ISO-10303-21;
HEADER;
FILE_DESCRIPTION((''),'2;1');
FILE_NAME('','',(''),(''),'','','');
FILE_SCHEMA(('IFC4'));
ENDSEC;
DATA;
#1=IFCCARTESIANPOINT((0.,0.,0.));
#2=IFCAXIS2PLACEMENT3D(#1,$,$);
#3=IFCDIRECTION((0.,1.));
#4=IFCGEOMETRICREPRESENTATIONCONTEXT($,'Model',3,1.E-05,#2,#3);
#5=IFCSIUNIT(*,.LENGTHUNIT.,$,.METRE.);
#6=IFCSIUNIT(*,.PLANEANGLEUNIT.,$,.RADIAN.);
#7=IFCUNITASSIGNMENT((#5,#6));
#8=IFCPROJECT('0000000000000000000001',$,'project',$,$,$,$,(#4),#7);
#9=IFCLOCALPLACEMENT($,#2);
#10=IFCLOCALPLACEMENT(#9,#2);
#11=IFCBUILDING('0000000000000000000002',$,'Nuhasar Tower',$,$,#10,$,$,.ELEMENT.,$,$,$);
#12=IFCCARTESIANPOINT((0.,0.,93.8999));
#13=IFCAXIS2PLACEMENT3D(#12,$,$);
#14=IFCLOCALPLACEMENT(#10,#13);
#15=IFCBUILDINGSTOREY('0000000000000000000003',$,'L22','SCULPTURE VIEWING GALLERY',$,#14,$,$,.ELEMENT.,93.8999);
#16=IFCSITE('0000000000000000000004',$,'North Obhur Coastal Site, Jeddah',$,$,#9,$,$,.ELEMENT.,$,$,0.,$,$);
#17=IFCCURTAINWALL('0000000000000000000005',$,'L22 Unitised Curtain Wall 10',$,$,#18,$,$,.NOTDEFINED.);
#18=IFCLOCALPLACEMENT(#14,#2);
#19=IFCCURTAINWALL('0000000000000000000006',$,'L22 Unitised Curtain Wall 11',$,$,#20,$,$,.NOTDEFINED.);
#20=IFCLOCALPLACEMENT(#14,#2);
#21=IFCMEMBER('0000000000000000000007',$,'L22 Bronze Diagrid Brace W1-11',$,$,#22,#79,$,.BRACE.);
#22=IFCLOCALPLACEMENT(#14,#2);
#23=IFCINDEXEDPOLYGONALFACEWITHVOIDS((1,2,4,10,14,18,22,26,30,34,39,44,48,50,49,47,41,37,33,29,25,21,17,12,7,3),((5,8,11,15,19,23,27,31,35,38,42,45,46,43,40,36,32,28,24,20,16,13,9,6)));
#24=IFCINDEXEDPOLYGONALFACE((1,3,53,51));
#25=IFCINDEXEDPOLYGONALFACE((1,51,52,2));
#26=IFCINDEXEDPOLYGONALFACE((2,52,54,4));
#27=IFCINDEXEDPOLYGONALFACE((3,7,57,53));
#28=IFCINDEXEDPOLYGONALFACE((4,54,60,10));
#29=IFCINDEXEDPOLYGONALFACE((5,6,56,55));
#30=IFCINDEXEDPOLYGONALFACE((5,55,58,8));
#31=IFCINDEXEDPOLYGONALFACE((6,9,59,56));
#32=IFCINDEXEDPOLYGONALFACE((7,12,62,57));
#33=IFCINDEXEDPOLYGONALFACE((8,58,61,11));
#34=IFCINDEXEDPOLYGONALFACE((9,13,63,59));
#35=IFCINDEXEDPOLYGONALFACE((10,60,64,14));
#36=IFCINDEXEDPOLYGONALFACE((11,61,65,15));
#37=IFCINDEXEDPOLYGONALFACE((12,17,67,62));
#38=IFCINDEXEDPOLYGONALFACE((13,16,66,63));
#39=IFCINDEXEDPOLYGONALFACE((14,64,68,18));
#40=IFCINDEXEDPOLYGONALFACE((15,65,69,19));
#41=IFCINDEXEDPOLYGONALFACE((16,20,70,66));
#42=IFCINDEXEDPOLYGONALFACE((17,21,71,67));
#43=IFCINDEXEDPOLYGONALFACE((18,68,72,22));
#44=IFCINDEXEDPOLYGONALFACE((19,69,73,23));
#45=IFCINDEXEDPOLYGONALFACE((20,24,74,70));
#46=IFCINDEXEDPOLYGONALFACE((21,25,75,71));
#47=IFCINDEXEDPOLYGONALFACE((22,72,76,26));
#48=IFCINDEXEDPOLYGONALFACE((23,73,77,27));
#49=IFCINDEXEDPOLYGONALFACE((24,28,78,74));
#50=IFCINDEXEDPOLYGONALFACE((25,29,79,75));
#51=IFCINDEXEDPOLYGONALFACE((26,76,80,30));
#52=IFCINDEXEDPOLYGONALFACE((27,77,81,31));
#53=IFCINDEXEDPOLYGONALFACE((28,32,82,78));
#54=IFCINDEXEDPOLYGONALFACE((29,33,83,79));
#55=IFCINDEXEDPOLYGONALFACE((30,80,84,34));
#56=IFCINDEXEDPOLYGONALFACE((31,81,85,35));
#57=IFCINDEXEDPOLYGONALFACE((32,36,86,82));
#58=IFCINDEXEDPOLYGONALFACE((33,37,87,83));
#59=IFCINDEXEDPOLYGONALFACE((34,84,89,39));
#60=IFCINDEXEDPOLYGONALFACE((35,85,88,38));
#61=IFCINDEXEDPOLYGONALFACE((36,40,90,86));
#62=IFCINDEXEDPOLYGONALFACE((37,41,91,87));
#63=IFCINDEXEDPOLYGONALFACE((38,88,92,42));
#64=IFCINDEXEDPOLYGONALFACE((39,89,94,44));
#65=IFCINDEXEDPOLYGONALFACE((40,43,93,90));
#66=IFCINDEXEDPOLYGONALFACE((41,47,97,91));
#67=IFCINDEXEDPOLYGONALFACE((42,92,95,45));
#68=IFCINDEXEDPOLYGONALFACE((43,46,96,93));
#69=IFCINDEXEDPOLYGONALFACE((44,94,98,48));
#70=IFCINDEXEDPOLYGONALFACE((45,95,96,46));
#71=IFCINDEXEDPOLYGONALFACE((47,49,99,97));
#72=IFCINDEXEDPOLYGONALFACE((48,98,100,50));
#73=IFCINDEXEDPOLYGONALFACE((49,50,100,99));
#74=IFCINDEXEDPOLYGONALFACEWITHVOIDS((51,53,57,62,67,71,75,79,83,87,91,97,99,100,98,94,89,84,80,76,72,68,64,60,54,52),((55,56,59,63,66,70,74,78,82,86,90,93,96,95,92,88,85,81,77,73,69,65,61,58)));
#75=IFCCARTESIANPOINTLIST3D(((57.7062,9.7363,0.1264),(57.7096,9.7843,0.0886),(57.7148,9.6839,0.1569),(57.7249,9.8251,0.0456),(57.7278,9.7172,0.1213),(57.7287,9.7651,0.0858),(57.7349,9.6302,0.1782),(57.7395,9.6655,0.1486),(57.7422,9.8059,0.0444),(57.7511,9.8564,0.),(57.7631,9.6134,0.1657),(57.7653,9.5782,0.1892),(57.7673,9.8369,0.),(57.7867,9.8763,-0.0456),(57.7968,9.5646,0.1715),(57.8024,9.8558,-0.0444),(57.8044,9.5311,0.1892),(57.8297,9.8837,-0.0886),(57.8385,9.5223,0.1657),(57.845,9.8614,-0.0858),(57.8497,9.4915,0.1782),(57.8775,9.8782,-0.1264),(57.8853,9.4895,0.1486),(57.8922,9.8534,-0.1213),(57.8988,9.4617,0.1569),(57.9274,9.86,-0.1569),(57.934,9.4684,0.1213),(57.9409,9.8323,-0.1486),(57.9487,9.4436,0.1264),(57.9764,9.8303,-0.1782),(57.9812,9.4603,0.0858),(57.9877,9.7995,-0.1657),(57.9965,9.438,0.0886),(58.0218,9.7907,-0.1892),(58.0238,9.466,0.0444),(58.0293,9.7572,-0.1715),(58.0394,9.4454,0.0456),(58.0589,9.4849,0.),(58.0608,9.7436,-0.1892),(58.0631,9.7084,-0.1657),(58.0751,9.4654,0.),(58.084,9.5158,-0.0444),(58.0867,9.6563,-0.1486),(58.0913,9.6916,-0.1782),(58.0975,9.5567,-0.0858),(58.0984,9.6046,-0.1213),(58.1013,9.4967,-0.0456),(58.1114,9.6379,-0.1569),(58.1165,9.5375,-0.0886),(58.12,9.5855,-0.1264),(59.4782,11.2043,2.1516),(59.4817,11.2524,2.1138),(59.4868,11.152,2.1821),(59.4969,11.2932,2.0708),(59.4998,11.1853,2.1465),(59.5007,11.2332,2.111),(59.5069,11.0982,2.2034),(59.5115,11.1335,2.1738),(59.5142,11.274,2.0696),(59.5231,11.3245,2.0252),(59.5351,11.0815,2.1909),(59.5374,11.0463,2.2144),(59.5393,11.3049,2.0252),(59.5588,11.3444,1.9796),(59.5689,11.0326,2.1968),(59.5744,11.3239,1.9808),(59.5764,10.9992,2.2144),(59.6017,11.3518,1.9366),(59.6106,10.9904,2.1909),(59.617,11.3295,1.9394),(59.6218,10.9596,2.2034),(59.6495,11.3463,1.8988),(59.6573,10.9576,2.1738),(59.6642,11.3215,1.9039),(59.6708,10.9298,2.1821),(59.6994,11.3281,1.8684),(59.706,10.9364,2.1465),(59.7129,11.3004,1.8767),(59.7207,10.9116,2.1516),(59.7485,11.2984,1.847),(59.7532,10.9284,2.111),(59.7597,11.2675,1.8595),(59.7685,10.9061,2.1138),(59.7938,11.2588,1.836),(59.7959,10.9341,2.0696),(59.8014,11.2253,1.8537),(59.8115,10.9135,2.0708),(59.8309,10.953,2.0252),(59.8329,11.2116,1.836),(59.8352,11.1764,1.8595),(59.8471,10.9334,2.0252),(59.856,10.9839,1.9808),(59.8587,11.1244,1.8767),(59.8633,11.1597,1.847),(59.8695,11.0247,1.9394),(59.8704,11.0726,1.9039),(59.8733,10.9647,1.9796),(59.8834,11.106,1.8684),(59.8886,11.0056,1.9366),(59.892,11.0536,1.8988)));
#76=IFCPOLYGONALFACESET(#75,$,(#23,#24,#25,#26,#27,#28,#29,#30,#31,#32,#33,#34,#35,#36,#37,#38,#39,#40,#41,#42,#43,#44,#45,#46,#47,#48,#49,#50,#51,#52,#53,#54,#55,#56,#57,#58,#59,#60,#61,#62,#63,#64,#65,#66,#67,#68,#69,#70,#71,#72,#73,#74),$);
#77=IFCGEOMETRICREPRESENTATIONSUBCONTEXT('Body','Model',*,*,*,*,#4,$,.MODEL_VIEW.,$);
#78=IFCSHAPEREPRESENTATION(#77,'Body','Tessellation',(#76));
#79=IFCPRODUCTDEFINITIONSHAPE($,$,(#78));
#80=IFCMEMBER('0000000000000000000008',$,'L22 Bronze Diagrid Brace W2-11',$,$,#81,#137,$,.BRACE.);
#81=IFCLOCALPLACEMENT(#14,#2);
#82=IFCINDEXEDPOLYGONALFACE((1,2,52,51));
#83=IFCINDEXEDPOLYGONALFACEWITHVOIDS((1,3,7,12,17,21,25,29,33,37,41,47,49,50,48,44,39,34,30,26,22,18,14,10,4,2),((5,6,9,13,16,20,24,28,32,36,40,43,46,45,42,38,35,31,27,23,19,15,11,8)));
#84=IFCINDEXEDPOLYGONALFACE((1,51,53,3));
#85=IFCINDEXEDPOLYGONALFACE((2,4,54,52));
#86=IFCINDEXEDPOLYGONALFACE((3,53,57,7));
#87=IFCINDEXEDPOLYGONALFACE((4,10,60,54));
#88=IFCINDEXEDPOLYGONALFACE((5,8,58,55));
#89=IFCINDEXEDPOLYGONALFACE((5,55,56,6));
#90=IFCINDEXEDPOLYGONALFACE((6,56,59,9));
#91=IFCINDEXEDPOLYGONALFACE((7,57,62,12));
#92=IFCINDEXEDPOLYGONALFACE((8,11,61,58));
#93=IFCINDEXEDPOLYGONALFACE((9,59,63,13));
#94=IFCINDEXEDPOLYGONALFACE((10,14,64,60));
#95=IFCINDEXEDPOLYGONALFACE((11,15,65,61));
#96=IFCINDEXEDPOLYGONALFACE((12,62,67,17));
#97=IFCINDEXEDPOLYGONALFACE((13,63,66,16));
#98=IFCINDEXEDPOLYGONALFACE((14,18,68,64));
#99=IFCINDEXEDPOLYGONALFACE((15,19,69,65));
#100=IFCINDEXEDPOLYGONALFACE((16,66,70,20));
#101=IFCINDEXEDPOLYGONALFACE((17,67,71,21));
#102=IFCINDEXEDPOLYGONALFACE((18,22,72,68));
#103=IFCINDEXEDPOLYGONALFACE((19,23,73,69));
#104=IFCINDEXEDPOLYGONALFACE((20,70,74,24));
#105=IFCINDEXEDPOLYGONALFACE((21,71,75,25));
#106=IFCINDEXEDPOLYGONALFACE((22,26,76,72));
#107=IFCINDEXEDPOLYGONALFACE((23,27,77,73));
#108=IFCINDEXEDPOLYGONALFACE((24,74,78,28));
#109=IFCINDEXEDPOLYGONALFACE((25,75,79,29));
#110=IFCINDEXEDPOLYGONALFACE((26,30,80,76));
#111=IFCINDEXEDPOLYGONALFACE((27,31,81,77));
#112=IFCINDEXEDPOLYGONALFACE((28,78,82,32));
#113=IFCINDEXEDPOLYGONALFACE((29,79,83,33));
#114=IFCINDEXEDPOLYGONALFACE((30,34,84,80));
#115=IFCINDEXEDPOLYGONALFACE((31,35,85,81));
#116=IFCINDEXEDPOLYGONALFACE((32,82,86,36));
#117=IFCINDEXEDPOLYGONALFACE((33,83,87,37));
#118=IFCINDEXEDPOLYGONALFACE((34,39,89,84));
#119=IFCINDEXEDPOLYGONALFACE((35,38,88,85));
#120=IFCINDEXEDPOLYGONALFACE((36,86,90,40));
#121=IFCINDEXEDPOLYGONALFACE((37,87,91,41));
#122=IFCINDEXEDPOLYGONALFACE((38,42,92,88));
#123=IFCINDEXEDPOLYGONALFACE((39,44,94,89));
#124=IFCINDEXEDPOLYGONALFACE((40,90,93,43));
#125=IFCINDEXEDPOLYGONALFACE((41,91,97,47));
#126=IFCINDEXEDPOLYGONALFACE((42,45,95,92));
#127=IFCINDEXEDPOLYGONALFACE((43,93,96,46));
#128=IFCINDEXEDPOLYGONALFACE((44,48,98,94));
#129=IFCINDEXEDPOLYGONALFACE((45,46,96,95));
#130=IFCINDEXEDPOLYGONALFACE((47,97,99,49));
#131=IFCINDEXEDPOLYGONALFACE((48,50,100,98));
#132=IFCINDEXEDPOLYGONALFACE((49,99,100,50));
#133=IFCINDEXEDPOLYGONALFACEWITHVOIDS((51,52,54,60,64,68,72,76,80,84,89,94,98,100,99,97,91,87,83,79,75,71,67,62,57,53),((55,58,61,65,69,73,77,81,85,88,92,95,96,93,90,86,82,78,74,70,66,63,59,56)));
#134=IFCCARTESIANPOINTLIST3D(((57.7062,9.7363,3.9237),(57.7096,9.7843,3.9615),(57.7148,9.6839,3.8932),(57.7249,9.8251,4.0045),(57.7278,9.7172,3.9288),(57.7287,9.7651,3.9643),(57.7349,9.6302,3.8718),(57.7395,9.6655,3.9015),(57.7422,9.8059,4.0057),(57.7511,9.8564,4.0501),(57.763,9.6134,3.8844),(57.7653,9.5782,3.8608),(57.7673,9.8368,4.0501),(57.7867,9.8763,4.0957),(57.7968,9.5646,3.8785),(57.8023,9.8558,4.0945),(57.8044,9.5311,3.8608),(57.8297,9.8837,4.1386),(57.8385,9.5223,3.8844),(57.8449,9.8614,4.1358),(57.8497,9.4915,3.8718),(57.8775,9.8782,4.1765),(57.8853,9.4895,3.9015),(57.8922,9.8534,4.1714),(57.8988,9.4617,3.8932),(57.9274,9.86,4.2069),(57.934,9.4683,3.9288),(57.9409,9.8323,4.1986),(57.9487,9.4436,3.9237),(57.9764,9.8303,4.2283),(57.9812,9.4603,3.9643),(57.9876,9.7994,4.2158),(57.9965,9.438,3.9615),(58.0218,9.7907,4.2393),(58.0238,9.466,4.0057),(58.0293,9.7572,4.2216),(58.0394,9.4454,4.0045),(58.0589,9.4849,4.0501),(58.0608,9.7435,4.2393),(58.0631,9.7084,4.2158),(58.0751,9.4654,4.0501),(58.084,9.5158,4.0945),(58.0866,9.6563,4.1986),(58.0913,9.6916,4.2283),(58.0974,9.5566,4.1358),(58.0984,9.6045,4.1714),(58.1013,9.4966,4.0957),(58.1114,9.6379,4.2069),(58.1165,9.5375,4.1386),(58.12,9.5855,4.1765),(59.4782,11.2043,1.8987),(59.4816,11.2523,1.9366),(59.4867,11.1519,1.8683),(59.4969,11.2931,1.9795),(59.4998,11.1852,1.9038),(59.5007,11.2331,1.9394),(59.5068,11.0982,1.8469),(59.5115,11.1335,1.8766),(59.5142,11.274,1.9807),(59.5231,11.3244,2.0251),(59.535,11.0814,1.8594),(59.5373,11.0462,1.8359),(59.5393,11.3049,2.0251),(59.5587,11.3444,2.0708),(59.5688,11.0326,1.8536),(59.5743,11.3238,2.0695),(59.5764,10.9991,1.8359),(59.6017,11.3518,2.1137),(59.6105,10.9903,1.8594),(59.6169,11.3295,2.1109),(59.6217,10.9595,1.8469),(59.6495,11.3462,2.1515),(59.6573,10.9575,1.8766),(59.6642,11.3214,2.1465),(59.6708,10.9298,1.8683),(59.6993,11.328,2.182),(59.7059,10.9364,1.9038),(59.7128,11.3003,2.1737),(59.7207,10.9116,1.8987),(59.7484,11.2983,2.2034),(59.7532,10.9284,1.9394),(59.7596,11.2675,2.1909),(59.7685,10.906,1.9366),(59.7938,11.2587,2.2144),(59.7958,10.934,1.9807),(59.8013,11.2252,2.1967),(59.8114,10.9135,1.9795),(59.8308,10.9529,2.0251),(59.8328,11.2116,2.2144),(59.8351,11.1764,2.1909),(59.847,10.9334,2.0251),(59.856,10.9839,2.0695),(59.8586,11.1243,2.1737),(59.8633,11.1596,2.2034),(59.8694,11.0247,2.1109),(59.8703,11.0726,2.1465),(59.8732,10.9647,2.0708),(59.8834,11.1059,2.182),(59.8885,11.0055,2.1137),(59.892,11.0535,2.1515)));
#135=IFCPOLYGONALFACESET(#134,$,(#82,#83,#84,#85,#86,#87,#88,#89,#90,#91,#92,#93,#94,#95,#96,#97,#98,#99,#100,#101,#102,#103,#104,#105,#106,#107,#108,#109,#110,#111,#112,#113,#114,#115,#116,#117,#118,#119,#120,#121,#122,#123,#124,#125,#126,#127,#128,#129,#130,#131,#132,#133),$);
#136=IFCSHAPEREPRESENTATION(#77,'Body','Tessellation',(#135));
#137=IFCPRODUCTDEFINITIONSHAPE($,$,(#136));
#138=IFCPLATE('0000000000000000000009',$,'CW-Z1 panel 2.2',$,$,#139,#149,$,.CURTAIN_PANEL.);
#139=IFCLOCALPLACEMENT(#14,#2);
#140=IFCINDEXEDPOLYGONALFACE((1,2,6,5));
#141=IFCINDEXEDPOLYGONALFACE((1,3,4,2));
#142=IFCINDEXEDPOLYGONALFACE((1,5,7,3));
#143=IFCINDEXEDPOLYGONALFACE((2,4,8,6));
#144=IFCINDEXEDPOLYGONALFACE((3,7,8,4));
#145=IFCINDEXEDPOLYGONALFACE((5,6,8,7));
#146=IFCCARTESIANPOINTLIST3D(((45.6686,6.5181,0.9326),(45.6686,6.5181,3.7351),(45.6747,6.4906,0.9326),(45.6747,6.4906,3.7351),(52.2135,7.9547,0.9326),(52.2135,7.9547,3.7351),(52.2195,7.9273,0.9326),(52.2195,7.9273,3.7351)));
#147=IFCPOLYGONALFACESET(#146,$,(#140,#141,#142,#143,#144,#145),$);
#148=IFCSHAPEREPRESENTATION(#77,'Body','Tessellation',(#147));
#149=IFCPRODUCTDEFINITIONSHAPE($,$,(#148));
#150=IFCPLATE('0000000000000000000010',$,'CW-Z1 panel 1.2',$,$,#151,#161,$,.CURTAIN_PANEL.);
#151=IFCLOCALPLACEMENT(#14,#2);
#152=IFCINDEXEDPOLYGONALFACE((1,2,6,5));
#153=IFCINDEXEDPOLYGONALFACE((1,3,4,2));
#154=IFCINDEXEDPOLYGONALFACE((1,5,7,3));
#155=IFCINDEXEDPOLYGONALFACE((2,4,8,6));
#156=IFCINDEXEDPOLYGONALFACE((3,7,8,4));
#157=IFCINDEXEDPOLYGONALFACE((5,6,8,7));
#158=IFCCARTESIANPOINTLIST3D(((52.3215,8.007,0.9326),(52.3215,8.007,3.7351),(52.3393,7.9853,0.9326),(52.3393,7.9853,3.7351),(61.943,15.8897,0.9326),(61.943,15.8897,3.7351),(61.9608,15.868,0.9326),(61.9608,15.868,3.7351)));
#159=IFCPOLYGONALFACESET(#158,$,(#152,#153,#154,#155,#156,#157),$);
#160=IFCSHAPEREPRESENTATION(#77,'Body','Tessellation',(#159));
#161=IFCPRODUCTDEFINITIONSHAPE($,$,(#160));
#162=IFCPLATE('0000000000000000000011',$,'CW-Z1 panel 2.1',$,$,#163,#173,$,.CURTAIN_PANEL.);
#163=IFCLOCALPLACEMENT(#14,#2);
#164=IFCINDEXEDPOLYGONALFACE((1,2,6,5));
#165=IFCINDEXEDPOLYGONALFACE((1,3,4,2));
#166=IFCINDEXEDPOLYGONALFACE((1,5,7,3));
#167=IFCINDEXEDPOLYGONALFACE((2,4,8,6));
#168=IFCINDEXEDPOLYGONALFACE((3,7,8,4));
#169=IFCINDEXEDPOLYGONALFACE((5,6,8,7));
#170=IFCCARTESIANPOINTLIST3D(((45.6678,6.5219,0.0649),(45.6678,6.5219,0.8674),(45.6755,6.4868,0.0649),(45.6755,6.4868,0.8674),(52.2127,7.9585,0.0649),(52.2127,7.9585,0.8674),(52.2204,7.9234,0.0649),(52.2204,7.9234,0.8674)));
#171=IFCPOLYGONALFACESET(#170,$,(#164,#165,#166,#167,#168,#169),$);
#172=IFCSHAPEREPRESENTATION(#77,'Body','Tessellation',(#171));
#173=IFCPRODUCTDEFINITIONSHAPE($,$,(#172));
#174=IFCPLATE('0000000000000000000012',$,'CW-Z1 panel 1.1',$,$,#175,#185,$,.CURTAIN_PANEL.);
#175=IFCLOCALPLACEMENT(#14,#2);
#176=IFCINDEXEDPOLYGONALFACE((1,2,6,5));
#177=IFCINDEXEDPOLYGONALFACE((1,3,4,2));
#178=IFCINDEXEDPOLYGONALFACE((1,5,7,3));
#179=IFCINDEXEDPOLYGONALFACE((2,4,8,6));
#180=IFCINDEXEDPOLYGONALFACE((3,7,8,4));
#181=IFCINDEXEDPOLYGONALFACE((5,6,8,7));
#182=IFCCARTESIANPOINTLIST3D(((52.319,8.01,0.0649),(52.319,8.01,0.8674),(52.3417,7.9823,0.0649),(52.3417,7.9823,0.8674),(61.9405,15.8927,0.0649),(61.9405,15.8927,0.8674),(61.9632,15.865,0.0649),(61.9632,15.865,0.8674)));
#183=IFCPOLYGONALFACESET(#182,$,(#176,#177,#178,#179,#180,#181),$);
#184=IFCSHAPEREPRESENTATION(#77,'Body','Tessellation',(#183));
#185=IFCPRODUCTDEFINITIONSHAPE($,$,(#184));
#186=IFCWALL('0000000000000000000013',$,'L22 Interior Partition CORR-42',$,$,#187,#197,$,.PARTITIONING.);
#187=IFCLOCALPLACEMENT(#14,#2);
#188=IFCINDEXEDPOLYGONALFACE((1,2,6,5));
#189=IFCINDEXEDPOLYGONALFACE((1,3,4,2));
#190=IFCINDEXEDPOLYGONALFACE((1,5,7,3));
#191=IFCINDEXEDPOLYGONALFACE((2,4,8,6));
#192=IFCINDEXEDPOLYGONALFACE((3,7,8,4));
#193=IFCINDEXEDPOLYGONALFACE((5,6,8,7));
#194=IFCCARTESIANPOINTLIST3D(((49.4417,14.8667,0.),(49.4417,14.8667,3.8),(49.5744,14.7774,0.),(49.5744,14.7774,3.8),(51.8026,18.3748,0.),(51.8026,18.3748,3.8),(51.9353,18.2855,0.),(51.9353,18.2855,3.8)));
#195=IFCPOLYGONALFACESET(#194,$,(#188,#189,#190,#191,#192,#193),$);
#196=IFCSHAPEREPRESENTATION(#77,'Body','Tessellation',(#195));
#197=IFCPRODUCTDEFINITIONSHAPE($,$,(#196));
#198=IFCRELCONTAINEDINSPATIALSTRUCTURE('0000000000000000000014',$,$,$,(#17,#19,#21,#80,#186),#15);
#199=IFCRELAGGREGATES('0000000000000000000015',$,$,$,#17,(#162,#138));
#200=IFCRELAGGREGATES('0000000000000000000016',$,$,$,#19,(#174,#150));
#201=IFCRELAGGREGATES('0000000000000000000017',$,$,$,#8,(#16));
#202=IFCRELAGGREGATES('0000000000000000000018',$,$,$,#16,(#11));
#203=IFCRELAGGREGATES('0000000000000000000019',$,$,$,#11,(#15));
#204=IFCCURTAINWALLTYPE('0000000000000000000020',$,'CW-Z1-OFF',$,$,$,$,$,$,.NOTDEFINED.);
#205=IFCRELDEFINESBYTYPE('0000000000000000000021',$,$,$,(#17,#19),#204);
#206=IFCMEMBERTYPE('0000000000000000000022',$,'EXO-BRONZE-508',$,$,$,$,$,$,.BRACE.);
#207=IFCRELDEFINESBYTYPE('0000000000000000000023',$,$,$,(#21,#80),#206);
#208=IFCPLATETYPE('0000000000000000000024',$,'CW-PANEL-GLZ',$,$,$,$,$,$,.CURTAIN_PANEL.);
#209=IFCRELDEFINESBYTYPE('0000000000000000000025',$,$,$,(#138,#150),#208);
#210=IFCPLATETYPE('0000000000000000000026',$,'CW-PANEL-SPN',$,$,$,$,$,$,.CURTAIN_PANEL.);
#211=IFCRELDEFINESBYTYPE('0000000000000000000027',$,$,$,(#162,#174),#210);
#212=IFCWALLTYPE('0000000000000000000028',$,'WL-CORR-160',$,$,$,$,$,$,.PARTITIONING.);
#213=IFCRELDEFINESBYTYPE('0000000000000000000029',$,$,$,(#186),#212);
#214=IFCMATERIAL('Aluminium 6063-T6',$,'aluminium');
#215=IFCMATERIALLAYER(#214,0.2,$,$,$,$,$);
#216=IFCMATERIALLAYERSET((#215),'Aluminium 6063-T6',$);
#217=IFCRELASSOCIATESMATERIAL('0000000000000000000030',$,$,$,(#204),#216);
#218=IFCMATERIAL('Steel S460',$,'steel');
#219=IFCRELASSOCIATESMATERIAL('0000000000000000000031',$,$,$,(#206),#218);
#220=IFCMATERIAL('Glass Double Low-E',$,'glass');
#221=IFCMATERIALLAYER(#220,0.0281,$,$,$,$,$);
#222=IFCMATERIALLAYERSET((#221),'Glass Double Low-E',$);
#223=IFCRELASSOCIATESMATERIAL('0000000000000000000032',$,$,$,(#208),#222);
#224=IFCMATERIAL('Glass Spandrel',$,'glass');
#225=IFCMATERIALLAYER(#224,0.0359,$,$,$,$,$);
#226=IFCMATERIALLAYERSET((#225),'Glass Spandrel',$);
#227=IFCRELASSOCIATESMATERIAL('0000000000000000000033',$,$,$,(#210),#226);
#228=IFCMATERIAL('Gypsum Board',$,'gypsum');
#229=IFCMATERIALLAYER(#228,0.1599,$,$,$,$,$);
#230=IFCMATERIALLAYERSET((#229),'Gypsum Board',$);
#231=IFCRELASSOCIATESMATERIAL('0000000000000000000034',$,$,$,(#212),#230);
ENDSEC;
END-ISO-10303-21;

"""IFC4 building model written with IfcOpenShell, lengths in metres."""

from ifc_helpers import new_model, si_unit, direction, frame, frame_2d, origin, origin_2d, place, context, subcontext, project, spatial, rectangle, hollow_circle, extrude, material, layer, layer_set, material_profile, profile_set, type_object, element, aggregate, save


model = new_model("IFC4")

# Units and contexts
model_context = context("Model", 3, precision=1e-05, world=origin(), true_north=direction((0.0, 1.0)))
body_context = subcontext(model_context, "Body", "Model", "MODEL_VIEW")
ifc_project = project(units=[si_unit("LENGTHUNIT", "METRE"), si_unit("PLANEANGLEUNIT", "RADIAN")], contexts=[model_context])

# Site, building, storey
site_placement = place(None, origin())
site = spatial("IfcSite", under=ifc_project, at=site_placement, Name="North Obhur Coastal Site, Jeddah", CompositionType="ELEMENT", RefElevation=0.0)
building_placement = place(site_placement, origin())
building = spatial("IfcBuilding", under=site, at=building_placement, Name="Nuhasar Tower", CompositionType="ELEMENT")
storey_placement = place(building_placement, frame((0.0, 0.0, 93.8999)))
storey = spatial("IfcBuildingStorey", under=building, at=storey_placement, Name="L22", Description="SCULPTURE VIEWING GALLERY", CompositionType="ELEMENT", Elevation=93.8999)

# Curtain wall
ifc_material_1 = material(Name="Aluminium 6063-T6", Category="aluminium")
ifc_layer_1 = layer(ifc_material_1, 0.2)
ifc_layer_set_1 = layer_set([ifc_layer_1], Name="Aluminium 6063-T6")
curtain_wall_type = type_object("IfcCurtainWallType", Name="CW-Z1-OFF", PredefinedType="NOTDEFINED", material=ifc_layer_set_1)
curtain_wall_1_placement = place(storey_placement, origin())
curtain_wall_1 = element("IfcCurtainWall", 1, at=curtain_wall_1_placement, inside=storey, type_object=curtain_wall_type, Name="L22 Unitised Curtain Wall 10", PredefinedType="NOTDEFINED")

# Curtain wall
curtain_wall_2_placement = place(storey_placement, origin())
curtain_wall_2 = element("IfcCurtainWall", 2, at=curtain_wall_2_placement, inside=storey, type_object=curtain_wall_type, Name="L22 Unitised Curtain Wall 11", PredefinedType="NOTDEFINED")

# Members
ifc_material_2 = material(Name="Steel S460", Category="steel")
ifc_material_profile_1 = material_profile(ifc_material_2, hollow_circle(Radius=0.2539, WallThickness=0.0254, at=origin_2d()), Name="HSS508X25.4")
ifc_profile_set_1 = profile_set([ifc_material_profile_1], Name="Steel S460")
member_type_1 = type_object("IfcMemberType", Name="EXO-BRONZE-508", PredefinedType="BRACE", material=ifc_profile_set_1)
member_1_placement = place(storey_placement, frame((57.9131, 9.6609, 0.0), z_axis=(0.578071, 0.478912, 0.660664), x_axis=(-0.637969, 0.770062, 0.0)))
element("IfcMember", 3, at=member_1_placement, inside=storey, type_object=member_type_1, Name="L22 Bronze Diagrid Brace W1-11", PredefinedType="BRACE", context=body_context, shape_type="SweptSolid", body=[
    extrude(hollow_circle(Radius=0.2539, WallThickness=0.0254, at=origin_2d()), origin(), (0.0, 0.0, 1.0), 3.0654),
])
member_2_placement = place(storey_placement, frame((59.6851, 11.1289, 2.0251), z_axis=(-0.578102, -0.478937, 0.660619), x_axis=(0.637969, -0.770062, 0.0)))
element("IfcMember", 4, at=member_2_placement, inside=storey, type_object=member_type_1, Name="L22 Bronze Diagrid Brace W2-11", PredefinedType="BRACE", context=body_context, shape_type="SweptSolid", body=[
    extrude(hollow_circle(Radius=0.2539, WallThickness=0.0254, at=origin_2d()), origin(), (0.0, 0.0, 1.0), 3.0652),
])

# Plates
ifc_material_3 = material(Name="Glass Double Low-E", Category="glass")
ifc_layer_2 = layer(ifc_material_3, 0.0281)
ifc_layer_set_2 = layer_set([ifc_layer_2], Name="Glass Double Low-E")
plate_type_1 = type_object("IfcPlateType", Name="CW-PANEL-GLZ", PredefinedType="CURTAIN_PANEL", material=ifc_layer_set_2)
plate_1_placement = place(storey_placement, frame((48.9441, 7.2227, 0.9326), z_axis=(0.0, 0.0, 1.0), x_axis=(0.976746, 0.214399, 0.0)))
plate_1 = element("IfcPlate", 5, at=plate_1_placement, type_object=plate_type_1, Name="CW-Z1 panel 2.2", PredefinedType="CURTAIN_PANEL", context=body_context, shape_type="SweptSolid", body=[
    extrude(rectangle(XDim=6.7007, YDim=0.0281, at=origin_2d()), origin(), (0.0, 0.0, 1.0), 2.8025),
])
plate_2_placement = place(storey_placement, frame((57.1411, 11.9375, 0.9326), z_axis=(0.0, 0.0, 1.0), x_axis=(0.773542, 0.633745, 0.0)))
plate_2 = element("IfcPlate", 6, at=plate_2_placement, type_object=plate_type_1, Name="CW-Z1 panel 1.2", PredefinedType="CURTAIN_PANEL", context=body_context, shape_type="SweptSolid", body=[
    extrude(rectangle(XDim=12.4382, YDim=0.0281, at=origin_2d()), origin(), (0.0, 0.0, 1.0), 2.8025),
])
ifc_material_4 = material(Name="Glass Spandrel", Category="glass")
ifc_layer_3 = layer(ifc_material_4, 0.0359)
ifc_layer_set_3 = layer_set([ifc_layer_3], Name="Glass Spandrel")
plate_type_2 = type_object("IfcPlateType", Name="CW-PANEL-SPN", PredefinedType="CURTAIN_PANEL", material=ifc_layer_set_3)
plate_3_placement = place(storey_placement, frame((48.9441, 7.2227, 0.0649), z_axis=(0.0, 0.0, 1.0), x_axis=(0.976746, 0.214399, 0.0)))
plate_3 = element("IfcPlate", 7, at=plate_3_placement, type_object=plate_type_2, Name="CW-Z1 panel 2.1", PredefinedType="CURTAIN_PANEL", context=body_context, shape_type="SweptSolid", body=[
    extrude(rectangle(XDim=6.7007, YDim=0.0359, at=origin_2d()), origin(), (0.0, 0.0, 1.0), 0.8025),
])
aggregate(curtain_wall_1, [plate_3, plate_1])
plate_4_placement = place(storey_placement, frame((57.1411, 11.9375, 0.0649), z_axis=(0.0, 0.0, 1.0), x_axis=(0.773542, 0.633745, 0.0)))
plate_4 = element("IfcPlate", 8, at=plate_4_placement, type_object=plate_type_2, Name="CW-Z1 panel 1.1", PredefinedType="CURTAIN_PANEL", context=body_context, shape_type="SweptSolid", body=[
    extrude(rectangle(XDim=12.4382, YDim=0.0359, at=origin_2d()), origin(), (0.0, 0.0, 1.0), 0.8025),
])
aggregate(curtain_wall_2, [plate_4, plate_2])

# Wall
ifc_material_5 = material(Name="Gypsum Board", Category="gypsum")
ifc_layer_4 = layer(ifc_material_5, 0.1599)
ifc_layer_set_4 = layer_set([ifc_layer_4], Name="Gypsum Board")
wall_type_1 = type_object("IfcWallType", Name="WL-CORR-160", PredefinedType="PARTITIONING", material=ifc_layer_set_4)
wall_1_placement = place(storey_placement, frame((49.5081, 14.822, 0.0), z_axis=(0.0, 0.0, 1.0), x_axis=(0.558319, 0.829626, 0.0)))
element("IfcWall", 9, at=wall_1_placement, inside=storey, type_object=wall_type_1, Name="L22 Interior Partition CORR-42", PredefinedType="PARTITIONING", context=body_context, shape_type="SweptSolid", body=[
    extrude(rectangle(XDim=4.2285, YDim=0.1599, at=frame_2d((2.1143, 0.0))), origin(), (0.0, 0.0, 1.0), 3.8),
])

save(model, "model.ifc")
